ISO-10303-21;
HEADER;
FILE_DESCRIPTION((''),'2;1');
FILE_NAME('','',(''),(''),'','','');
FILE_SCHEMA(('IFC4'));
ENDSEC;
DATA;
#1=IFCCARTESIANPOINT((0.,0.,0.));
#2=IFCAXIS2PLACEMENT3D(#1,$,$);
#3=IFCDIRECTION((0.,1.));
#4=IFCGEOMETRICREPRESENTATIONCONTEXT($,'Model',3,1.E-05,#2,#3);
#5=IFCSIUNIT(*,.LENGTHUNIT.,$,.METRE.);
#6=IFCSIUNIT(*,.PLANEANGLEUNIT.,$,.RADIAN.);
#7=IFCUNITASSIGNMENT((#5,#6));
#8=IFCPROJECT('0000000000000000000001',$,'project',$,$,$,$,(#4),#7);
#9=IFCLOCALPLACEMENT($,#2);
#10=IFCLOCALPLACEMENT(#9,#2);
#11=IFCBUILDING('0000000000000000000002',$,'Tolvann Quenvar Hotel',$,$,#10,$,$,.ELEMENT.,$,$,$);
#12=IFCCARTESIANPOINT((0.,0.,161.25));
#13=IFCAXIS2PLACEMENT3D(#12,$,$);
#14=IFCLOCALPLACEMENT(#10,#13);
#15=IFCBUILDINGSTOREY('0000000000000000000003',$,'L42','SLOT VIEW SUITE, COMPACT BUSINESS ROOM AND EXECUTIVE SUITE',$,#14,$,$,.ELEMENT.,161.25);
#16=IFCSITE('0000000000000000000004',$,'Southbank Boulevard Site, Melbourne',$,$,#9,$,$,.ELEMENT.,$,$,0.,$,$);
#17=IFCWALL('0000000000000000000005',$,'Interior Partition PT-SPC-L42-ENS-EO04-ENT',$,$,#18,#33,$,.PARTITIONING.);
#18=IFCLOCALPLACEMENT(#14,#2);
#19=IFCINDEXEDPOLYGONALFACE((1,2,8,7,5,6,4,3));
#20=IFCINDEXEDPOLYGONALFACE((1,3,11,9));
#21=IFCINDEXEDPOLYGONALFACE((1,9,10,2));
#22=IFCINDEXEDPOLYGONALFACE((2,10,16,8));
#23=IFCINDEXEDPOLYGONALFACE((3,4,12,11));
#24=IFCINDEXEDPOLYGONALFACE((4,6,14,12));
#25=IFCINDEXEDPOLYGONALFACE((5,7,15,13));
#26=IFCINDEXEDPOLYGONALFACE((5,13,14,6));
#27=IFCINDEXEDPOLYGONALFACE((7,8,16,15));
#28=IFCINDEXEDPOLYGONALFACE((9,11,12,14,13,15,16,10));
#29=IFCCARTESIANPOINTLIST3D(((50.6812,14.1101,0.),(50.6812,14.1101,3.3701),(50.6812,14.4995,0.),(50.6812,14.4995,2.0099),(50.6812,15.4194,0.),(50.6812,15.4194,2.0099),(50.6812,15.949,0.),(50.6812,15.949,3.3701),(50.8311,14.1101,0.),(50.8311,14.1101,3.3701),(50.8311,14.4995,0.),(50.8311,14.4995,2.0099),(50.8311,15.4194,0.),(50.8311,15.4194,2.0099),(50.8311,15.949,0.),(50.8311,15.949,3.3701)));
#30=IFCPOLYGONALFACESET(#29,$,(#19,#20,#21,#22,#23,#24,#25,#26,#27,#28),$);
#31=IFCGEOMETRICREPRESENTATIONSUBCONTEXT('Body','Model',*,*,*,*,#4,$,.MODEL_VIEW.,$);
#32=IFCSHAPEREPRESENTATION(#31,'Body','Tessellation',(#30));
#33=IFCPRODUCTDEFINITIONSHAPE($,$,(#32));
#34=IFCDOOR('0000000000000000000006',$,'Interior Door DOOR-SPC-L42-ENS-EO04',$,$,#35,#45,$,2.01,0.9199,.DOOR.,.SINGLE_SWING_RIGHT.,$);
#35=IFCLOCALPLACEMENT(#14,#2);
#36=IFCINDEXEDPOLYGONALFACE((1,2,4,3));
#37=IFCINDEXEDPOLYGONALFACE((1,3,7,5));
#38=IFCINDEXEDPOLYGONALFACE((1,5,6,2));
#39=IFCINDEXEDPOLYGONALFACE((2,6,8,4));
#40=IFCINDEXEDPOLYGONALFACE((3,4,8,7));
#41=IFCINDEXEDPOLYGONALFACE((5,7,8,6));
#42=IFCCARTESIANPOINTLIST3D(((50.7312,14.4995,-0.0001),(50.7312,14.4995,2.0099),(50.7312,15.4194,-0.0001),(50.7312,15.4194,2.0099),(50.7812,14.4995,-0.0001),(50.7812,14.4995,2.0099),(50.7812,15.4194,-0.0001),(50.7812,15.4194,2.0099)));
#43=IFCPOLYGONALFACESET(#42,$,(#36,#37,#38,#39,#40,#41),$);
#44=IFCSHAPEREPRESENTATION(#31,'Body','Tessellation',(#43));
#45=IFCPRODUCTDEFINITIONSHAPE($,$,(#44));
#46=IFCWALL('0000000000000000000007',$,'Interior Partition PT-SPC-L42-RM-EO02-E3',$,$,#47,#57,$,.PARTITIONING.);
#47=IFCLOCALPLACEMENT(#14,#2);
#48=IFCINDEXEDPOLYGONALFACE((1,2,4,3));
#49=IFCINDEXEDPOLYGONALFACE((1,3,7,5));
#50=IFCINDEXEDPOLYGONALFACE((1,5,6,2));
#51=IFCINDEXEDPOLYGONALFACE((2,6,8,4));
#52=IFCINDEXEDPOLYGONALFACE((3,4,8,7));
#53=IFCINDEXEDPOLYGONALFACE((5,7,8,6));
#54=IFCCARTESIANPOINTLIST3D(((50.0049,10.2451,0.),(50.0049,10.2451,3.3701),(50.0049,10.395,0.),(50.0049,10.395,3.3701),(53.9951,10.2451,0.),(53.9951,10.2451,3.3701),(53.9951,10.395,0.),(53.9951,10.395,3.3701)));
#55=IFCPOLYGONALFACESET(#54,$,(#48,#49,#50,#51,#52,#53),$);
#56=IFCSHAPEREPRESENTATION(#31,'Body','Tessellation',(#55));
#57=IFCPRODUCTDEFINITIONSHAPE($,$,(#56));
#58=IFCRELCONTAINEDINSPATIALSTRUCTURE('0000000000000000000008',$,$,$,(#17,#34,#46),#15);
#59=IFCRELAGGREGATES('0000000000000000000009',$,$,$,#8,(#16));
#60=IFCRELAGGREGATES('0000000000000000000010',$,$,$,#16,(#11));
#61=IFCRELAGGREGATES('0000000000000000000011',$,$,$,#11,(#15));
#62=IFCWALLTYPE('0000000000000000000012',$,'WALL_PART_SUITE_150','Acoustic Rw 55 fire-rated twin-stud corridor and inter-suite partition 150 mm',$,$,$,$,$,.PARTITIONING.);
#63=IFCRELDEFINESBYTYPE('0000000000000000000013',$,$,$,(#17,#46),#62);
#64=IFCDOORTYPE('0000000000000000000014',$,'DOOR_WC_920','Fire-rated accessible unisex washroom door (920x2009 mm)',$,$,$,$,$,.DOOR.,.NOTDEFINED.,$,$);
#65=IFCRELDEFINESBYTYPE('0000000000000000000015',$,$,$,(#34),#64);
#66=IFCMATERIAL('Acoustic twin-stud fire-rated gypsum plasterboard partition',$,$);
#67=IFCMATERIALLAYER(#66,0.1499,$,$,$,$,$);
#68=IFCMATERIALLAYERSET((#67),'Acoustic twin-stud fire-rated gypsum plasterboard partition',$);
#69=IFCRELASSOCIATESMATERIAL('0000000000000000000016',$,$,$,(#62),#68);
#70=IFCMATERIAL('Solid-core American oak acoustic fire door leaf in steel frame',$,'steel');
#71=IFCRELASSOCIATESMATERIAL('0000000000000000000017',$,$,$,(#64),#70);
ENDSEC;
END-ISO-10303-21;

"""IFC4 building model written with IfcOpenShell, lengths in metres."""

from ifc_helpers import new_model, si_unit, direction, frame, frame_2d, origin, place, context, subcontext, project, spatial, rectangle, extrude, source, transform, mapped, material, layer, layer_set, type_object, type_shapes, element, fill, save


model = new_model("IFC4")

# Units and contexts
model_context = context("Model", 3, precision=1e-05, world=origin(), true_north=direction((0.0, 1.0)))
body_context = subcontext(model_context, "Body", "Model", "MODEL_VIEW")
ifc_project = project(units=[si_unit("LENGTHUNIT", "METRE"), si_unit("PLANEANGLEUNIT", "RADIAN")], contexts=[model_context])

# Site, building, storey
site_placement = place(None, origin())
site = spatial("IfcSite", under=ifc_project, at=site_placement, Name="Southbank Boulevard Site, Melbourne", CompositionType="ELEMENT", RefElevation=0.0)
building_placement = place(site_placement, origin())
building = spatial("IfcBuilding", under=site, at=building_placement, Name="Tolvann Quenvar Hotel", CompositionType="ELEMENT")
storey_placement = place(building_placement, frame((0.0, 0.0, 161.25)))
storey = spatial("IfcBuildingStorey", under=building, at=storey_placement, Name="L42", Description="SLOT VIEW SUITE, COMPACT BUSINESS ROOM AND EXECUTIVE SUITE", CompositionType="ELEMENT", Elevation=161.25)

# Wall, opening, door
ifc_material_1 = material(Name="Acoustic twin-stud fire-rated gypsum plasterboard partition")
ifc_layer_1 = layer(ifc_material_1, 0.1499)
ifc_layer_set_1 = layer_set([ifc_layer_1], Name="Acoustic twin-stud fire-rated gypsum plasterboard partition")
wall_type_1 = type_object("IfcWallType", Name="WALL_PART_SUITE_150", Description="Acoustic Rw 55 fire-rated twin-stud corridor and inter-suite partition 150 mm", PredefinedType="PARTITIONING", material=ifc_layer_set_1)
ifc_material_2 = material(Name="Solid-core American oak acoustic fire door leaf in steel frame", Category="steel")
door_type_1 = type_object("IfcDoorType", Name="DOOR_WC_920", Description="Fire-rated accessible unisex washroom door (920x2009 mm)", OperationType="NOTDEFINED", PredefinedType="DOOR", material=ifc_material_2)
shared_shape_1 = source(origin(), body_context, "Body", "SweptSolid", [
    extrude(rectangle(XDim=0.9199, YDim=2.01, at=frame_2d((0.46, 1.0049))), frame((0.0, 0.0249, 0.0), z_axis=(0.0, -1.0, 0.0), x_axis=(1.0, 0.0, 0.0)), (0.0, 0.0, 1.0), 0.05),
])
type_shapes(door_type_1, [shared_shape_1])
wall_1_placement = place(storey_placement, frame((50.7561, 14.1101, 0.0), z_axis=(0.0, 0.0, 1.0), x_axis=(0.0, 1.0, 0.0)))
wall_1 = element("IfcWall", 1, at=wall_1_placement, inside=storey, type_object=wall_type_1, Name="Interior Partition PT-SPC-L42-ENS-EO04-ENT", PredefinedType="PARTITIONING", context=body_context, shape_type="SweptSolid", body=[
    extrude(rectangle(XDim=1.8389, YDim=0.1499, at=frame_2d((0.9194, 0.0))), origin(), (0.0, 0.0, 1.0), 3.3701),
])
opening_1_placement = place(wall_1_placement, frame((0.3894, 0.0, 0.0)))
opening_1 = element("IfcOpeningElement", 2, at=opening_1_placement, cuts=wall_1, PredefinedType="OPENING", context=body_context, shape_type="SweptSolid", body=[
    extrude(rectangle(XDim=0.9199, YDim=2.01, at=frame_2d((0.46, 1.0049))), frame((0.0, 0.085, 0.0), z_axis=(0.0, -1.0, 0.0), x_axis=(1.0, 0.0, 0.0)), (0.0, 0.0, 1.0), 0.1699),
])
door_1_placement = place(opening_1_placement, origin())
door_1 = element("IfcDoor", 3, at=door_1_placement, inside=storey, type_object=door_type_1, Name="Interior Door DOOR-SPC-L42-ENS-EO04", OperationType="SINGLE_SWING_RIGHT", OverallHeight=2.01, OverallWidth=0.9199, PredefinedType="DOOR", context=body_context, shape_type="MappedRepresentation", body=[
    mapped(shared_shape_1, transform((0.0, 0.0, 0.0), x_axis=(1.0, 0.0, 0.0), y_axis=(0.0, 1.0, 0.0), z_axis=(0.0, 0.0, 1.0), scale=1.0)),
])
fill(opening_1, door_1)

# Wall
wall_2_placement = place(storey_placement, frame((50.0049, 10.3201, 0.0), z_axis=(0.0, 0.0, 1.0), x_axis=(1.0, 0.0, 0.0)))
element("IfcWall", 4, at=wall_2_placement, inside=storey, type_object=wall_type_1, Name="Interior Partition PT-SPC-L42-RM-EO02-E3", PredefinedType="PARTITIONING", context=body_context, shape_type="SweptSolid", body=[
    extrude(rectangle(XDim=3.9902, YDim=0.1499, at=frame_2d((1.9951, 0.0))), origin(), (0.0, 0.0, 1.0), 3.3701),
])

save(model, "model.ifc")
